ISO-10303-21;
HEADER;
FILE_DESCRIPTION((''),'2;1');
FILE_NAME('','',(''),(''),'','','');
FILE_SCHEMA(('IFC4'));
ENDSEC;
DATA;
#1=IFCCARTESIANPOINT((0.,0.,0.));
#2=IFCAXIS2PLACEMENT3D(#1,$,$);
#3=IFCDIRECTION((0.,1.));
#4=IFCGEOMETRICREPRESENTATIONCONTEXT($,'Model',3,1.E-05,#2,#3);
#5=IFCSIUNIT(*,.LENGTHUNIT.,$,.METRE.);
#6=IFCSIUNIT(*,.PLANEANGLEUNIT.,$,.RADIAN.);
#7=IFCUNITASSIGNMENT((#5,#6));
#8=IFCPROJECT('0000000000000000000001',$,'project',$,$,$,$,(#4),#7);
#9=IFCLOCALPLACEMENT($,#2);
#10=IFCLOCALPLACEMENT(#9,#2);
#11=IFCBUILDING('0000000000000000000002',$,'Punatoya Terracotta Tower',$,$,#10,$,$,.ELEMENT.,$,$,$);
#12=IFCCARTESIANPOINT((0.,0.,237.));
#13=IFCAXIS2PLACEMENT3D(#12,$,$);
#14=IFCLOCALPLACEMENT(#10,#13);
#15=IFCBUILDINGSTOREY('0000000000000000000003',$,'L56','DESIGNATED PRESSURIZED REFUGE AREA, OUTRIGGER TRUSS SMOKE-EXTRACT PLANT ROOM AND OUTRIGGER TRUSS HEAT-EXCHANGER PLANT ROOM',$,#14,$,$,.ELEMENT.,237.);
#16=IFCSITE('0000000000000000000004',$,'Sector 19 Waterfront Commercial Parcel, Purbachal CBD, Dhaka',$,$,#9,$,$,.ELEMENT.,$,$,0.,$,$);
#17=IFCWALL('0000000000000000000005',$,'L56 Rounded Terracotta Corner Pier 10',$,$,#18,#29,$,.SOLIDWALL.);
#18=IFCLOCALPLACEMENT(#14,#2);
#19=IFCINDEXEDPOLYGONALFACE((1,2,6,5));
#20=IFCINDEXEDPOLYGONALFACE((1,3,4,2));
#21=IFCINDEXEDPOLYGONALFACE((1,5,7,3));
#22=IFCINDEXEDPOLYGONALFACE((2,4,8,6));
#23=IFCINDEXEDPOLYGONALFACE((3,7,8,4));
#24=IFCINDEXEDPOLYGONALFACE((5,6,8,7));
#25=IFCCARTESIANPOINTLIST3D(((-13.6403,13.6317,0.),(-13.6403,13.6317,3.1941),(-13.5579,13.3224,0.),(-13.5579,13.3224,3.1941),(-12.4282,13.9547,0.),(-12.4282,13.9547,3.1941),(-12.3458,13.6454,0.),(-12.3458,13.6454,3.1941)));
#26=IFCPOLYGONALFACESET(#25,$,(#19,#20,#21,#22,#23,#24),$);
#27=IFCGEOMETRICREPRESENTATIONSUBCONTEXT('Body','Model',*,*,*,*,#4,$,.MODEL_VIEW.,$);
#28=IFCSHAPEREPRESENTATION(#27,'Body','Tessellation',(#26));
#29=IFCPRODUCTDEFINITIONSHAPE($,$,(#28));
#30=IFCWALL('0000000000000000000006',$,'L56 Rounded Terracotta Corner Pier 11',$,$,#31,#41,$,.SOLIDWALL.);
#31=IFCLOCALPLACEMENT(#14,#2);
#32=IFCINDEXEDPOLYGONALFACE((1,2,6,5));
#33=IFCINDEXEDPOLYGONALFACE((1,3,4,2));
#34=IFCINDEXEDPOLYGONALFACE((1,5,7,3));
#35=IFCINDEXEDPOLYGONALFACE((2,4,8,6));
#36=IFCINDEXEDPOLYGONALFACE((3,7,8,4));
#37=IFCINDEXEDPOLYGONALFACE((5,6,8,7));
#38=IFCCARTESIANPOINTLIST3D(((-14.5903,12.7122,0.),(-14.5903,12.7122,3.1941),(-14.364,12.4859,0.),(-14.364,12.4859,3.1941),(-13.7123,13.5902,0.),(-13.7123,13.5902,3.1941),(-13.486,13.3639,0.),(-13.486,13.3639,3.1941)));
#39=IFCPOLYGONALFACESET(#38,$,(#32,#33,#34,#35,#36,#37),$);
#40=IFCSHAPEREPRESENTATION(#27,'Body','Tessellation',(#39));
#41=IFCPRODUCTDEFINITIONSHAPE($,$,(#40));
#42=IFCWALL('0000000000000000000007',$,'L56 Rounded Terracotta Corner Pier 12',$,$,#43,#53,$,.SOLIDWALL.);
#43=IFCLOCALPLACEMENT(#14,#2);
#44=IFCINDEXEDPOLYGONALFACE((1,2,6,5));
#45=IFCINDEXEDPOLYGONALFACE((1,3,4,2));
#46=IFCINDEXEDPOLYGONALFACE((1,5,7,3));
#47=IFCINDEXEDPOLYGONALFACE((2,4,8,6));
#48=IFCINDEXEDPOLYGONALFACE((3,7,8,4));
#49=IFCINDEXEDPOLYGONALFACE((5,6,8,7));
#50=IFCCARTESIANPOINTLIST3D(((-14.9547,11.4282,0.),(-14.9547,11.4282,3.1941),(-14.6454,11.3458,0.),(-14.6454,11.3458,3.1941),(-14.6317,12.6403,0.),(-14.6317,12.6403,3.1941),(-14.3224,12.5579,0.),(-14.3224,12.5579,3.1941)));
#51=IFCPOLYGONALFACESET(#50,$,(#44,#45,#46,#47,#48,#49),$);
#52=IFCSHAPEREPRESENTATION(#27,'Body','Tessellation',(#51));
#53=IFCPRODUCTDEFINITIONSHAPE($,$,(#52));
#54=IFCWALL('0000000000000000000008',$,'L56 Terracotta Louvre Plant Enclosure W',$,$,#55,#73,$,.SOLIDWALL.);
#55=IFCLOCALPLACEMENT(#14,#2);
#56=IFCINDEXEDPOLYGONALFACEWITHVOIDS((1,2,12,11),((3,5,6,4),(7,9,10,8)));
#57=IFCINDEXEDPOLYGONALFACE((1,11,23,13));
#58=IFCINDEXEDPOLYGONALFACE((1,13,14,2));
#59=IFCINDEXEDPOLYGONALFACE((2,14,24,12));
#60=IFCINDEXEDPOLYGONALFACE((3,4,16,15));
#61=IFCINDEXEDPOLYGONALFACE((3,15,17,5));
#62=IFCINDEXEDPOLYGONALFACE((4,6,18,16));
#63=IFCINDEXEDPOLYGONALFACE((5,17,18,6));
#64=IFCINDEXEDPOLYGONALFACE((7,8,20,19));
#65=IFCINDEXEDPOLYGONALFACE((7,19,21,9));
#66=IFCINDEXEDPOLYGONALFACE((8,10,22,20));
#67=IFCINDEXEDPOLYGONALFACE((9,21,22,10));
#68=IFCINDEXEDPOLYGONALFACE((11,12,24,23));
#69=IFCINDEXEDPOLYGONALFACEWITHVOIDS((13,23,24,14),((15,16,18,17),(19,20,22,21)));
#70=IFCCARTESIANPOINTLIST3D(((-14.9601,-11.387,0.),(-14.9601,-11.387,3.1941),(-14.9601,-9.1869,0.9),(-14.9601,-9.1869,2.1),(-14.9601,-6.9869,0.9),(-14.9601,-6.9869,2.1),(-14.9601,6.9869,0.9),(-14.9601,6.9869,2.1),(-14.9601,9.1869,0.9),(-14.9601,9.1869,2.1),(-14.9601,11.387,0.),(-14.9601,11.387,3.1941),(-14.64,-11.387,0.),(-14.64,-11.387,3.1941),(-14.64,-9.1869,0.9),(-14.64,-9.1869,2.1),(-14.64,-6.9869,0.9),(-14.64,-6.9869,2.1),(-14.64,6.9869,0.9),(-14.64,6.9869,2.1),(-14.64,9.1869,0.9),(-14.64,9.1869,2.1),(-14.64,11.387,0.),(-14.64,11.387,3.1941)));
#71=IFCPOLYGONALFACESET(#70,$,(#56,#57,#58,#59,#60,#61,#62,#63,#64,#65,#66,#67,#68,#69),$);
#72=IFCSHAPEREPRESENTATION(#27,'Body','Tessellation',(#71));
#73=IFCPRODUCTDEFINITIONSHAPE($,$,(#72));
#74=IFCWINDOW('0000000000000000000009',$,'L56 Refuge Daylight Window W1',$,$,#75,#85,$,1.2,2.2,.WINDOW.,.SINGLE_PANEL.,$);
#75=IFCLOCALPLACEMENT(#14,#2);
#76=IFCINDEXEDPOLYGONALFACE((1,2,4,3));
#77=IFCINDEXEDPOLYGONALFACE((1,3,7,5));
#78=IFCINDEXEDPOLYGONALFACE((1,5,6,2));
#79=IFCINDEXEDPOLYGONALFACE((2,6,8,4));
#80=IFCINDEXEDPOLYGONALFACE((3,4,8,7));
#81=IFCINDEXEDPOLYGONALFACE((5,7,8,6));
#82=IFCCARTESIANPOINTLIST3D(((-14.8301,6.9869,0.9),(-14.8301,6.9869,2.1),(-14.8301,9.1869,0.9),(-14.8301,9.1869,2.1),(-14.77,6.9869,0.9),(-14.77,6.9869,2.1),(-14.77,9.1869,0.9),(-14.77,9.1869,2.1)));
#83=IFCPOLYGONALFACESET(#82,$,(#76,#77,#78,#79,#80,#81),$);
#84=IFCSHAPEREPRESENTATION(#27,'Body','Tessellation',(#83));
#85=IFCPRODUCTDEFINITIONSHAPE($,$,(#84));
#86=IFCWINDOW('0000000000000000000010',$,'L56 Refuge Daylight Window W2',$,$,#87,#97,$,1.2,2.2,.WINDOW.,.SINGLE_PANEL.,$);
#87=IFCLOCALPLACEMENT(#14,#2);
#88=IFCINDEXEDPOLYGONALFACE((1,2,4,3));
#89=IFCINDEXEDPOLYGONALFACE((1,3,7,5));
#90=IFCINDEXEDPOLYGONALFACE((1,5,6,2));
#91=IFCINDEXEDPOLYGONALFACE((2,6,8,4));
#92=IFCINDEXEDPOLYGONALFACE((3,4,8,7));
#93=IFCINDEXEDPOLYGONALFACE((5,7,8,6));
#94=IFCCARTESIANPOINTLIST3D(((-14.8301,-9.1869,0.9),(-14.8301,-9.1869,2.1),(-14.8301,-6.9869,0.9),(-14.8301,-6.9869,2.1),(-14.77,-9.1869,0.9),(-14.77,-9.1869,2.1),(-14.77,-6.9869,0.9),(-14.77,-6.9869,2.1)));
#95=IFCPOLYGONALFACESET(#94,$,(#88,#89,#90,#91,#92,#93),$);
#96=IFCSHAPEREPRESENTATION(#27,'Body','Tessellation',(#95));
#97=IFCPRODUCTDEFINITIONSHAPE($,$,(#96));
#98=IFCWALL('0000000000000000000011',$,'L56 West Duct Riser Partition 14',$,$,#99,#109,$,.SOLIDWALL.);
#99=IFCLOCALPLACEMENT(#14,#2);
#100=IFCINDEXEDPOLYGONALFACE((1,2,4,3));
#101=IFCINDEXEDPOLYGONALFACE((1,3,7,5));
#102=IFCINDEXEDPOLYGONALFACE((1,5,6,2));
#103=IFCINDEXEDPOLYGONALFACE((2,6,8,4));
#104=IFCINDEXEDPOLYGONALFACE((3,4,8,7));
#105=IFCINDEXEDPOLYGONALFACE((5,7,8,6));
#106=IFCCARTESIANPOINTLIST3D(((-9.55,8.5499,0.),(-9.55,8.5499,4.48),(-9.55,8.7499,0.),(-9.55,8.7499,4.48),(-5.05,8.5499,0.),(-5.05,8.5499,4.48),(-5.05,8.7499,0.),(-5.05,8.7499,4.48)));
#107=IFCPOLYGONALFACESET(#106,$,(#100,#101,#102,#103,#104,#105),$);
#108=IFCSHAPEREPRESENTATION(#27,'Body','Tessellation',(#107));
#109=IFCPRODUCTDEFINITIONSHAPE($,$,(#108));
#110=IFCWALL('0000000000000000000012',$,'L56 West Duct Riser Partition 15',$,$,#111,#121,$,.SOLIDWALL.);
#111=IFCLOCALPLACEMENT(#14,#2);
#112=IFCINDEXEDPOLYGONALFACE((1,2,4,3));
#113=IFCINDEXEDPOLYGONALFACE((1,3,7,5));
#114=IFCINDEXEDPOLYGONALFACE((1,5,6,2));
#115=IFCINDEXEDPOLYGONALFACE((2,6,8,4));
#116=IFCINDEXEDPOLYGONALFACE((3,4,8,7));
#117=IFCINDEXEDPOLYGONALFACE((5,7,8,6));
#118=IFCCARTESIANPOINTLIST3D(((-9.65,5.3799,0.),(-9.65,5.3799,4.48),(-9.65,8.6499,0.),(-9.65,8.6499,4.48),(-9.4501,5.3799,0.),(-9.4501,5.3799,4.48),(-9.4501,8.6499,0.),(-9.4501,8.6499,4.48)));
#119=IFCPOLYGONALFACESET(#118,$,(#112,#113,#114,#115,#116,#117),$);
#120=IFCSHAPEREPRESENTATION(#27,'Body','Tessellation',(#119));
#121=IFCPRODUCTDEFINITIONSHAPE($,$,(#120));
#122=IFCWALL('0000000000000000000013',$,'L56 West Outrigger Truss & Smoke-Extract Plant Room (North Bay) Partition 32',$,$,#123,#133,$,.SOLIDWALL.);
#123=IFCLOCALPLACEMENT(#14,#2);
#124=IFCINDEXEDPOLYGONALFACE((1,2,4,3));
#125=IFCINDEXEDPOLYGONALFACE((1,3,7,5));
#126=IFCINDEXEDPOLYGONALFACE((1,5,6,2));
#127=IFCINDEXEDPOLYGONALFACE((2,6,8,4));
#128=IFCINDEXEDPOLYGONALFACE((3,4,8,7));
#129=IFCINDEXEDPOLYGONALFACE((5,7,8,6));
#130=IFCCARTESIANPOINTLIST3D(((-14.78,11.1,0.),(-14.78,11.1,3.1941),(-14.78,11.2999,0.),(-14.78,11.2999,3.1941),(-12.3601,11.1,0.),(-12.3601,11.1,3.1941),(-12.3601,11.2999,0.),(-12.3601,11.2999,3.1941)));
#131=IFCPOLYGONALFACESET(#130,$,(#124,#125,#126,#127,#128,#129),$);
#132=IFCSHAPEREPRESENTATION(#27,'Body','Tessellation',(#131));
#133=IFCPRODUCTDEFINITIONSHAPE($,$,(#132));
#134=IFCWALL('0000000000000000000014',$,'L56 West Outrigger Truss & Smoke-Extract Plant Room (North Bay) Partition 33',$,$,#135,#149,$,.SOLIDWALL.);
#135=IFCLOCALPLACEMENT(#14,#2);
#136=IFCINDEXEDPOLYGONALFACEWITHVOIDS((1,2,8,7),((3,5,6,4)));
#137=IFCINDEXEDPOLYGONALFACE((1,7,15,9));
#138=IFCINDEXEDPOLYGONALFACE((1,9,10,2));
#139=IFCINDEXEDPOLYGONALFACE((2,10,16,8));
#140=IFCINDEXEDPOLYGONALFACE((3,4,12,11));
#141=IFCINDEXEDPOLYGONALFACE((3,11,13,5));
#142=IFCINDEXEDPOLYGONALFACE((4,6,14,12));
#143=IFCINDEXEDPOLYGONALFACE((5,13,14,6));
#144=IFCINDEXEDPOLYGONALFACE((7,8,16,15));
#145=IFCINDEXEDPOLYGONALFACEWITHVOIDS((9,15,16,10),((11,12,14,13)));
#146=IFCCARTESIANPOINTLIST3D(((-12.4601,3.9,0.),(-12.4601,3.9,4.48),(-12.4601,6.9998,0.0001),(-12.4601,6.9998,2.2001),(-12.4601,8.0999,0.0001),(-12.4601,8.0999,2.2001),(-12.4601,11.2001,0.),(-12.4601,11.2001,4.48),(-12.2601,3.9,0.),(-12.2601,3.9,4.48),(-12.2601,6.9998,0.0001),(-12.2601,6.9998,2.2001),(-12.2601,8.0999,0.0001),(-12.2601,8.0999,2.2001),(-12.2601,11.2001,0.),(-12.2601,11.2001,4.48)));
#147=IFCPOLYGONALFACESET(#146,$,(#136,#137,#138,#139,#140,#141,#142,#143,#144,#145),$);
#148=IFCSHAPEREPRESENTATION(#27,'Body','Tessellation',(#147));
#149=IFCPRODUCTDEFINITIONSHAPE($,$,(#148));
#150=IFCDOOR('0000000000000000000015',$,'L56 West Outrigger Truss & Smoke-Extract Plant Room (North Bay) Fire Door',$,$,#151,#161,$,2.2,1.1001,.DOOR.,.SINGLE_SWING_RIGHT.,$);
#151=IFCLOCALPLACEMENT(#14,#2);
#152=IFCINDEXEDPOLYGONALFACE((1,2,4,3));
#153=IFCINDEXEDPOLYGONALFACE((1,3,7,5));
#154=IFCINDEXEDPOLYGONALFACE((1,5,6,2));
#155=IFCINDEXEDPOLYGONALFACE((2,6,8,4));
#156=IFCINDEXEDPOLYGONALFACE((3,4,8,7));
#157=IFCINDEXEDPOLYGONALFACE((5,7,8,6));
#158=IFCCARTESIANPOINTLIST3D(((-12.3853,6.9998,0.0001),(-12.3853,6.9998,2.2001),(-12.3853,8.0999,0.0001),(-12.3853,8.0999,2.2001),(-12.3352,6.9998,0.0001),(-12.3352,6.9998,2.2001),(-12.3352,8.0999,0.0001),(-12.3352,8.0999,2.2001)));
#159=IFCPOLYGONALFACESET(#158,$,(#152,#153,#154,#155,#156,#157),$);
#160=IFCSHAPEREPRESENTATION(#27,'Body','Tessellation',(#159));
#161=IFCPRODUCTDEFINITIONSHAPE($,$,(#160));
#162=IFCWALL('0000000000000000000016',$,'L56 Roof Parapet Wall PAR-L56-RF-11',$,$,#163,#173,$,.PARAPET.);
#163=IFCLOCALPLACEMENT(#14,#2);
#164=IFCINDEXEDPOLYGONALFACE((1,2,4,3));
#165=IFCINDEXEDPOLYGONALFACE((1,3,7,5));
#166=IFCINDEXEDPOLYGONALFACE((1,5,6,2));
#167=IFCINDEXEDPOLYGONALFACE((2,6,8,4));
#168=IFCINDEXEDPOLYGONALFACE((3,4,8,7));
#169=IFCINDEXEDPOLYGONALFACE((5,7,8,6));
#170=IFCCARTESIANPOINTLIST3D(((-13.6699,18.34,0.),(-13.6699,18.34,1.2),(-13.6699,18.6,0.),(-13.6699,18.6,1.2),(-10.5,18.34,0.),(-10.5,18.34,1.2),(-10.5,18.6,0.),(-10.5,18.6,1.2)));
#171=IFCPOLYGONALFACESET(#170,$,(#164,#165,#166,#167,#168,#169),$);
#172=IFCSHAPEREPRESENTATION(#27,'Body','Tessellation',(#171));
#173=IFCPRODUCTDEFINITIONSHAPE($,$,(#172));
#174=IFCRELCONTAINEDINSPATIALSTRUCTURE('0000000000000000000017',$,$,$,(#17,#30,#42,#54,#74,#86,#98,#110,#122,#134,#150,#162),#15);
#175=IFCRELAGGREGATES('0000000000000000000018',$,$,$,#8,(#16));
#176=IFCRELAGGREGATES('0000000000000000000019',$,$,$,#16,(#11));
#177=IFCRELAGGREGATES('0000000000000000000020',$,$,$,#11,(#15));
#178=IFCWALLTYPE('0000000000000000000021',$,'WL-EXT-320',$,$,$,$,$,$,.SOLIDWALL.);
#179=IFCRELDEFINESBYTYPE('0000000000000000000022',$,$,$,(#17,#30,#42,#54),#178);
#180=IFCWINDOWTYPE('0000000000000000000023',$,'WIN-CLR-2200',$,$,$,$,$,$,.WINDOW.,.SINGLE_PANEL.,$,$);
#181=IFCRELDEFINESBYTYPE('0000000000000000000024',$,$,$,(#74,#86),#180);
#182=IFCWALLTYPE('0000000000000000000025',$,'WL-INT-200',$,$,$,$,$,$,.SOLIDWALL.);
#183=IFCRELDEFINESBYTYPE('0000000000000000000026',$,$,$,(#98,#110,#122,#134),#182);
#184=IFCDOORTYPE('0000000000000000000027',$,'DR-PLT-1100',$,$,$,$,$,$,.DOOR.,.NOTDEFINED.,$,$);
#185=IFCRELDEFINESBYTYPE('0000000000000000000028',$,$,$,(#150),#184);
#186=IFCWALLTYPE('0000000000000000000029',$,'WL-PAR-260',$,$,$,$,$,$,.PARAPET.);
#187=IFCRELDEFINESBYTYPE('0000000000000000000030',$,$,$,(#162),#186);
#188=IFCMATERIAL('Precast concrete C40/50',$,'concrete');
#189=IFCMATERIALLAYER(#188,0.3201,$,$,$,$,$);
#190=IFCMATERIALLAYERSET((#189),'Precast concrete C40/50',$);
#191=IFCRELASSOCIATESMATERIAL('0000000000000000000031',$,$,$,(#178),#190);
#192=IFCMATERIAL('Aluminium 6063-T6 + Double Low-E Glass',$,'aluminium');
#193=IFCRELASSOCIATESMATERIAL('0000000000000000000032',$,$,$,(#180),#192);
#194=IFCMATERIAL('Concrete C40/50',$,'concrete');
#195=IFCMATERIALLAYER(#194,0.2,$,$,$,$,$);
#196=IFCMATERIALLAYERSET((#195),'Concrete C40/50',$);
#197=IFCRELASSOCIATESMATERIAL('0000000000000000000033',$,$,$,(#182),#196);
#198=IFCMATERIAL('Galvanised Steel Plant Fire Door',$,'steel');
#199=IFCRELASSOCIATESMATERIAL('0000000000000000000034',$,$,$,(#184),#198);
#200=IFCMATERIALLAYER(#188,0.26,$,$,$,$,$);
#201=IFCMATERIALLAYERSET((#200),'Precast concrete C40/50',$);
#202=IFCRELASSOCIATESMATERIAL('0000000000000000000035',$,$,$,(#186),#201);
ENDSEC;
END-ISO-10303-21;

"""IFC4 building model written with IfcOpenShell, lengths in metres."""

from ifc_helpers import new_model, si_unit, direction, frame, frame_2d, origin, place, context, subcontext, project, spatial, rectangle, extrude, material, layer, layer_set, type_object, element, fill, save


model = new_model("IFC4")

# Units and contexts
model_context = context("Model", 3, precision=1e-05, world=origin(), true_north=direction((0.0, 1.0)))
body_context = subcontext(model_context, "Body", "Model", "MODEL_VIEW")
ifc_project = project(units=[si_unit("LENGTHUNIT", "METRE"), si_unit("PLANEANGLEUNIT", "RADIAN")], contexts=[model_context])

# Site, building, storey
site_placement = place(None, origin())
site = spatial("IfcSite", under=ifc_project, at=site_placement, Name="Sector 19 Waterfront Commercial Parcel, Purbachal CBD, Dhaka", CompositionType="ELEMENT", RefElevation=0.0)
building_placement = place(site_placement, origin())
building = spatial("IfcBuilding", under=site, at=building_placement, Name="Punatoya Terracotta Tower", CompositionType="ELEMENT")
storey_placement = place(building_placement, frame((0.0, 0.0, 237.0)))
storey = spatial("IfcBuildingStorey", under=building, at=storey_placement, Name="L56", Description="DESIGNATED PRESSURIZED REFUGE AREA, OUTRIGGER TRUSS SMOKE-EXTRACT PLANT ROOM AND OUTRIGGER TRUSS HEAT-EXCHANGER PLANT ROOM", CompositionType="ELEMENT", Elevation=237.0)

# Walls
ifc_material_1 = material(Name="Precast concrete C40/50", Category="concrete")
ifc_layer_1 = layer(ifc_material_1, 0.3201)
ifc_layer_set_1 = layer_set([ifc_layer_1], Name="Precast concrete C40/50")
wall_type_1 = type_object("IfcWallType", Name="WL-EXT-320", PredefinedType="SOLIDWALL", material=ifc_layer_set_1)
wall_1_placement = place(storey_placement, frame((-12.387, 13.8, 0.0), z_axis=(0.0, 0.0, 1.0), x_axis=(-0.966283, -0.257481, 0.0)))
element("IfcWall", 1, at=wall_1_placement, inside=storey, type_object=wall_type_1, Name="L56 Rounded Terracotta Corner Pier 10", PredefinedType="SOLIDWALL", context=body_context, shape_type="SweptSolid", body=[
    extrude(rectangle(XDim=1.2544, YDim=0.3201, at=frame_2d((0.6272, 0.0))), origin(), (0.0, 0.0, 1.0), 3.1941),
])
wall_2_placement = place(storey_placement, frame((-13.5991, 13.4771, 0.0), z_axis=(0.0, 0.0, 1.0), x_axis=(-0.707107, -0.707107, 0.0)))
element("IfcWall", 2, at=wall_2_placement, inside=storey, type_object=wall_type_1, Name="L56 Rounded Terracotta Corner Pier 11", PredefinedType="SOLIDWALL", context=body_context, shape_type="SweptSolid", body=[
    extrude(rectangle(XDim=1.2417, YDim=0.3201, at=frame_2d((0.6208, 0.0))), origin(), (0.0, 0.0, 1.0), 3.1941),
])
wall_3_placement = place(storey_placement, frame((-14.4771, 12.5991, 0.0), z_axis=(0.0, 0.0, 1.0), x_axis=(-0.257481, -0.966283, 0.0)))
element("IfcWall", 3, at=wall_3_placement, inside=storey, type_object=wall_type_1, Name="L56 Rounded Terracotta Corner Pier 12", PredefinedType="SOLIDWALL", context=body_context, shape_type="SweptSolid", body=[
    extrude(rectangle(XDim=1.2544, YDim=0.3201, at=frame_2d((0.6272, 0.0))), origin(), (0.0, 0.0, 1.0), 3.1941),
])

# Wall, openings, windows
wall_4_placement = place(storey_placement, frame((-14.8, 11.387, 0.0), z_axis=(0.0, 0.0, 1.0), x_axis=(0.0, -1.0, 0.0)))
wall_4 = element("IfcWall", 4, at=wall_4_placement, inside=storey, type_object=wall_type_1, Name="L56 Terracotta Louvre Plant Enclosure W", PredefinedType="SOLIDWALL", context=body_context, shape_type="SweptSolid", body=[
    extrude(rectangle(XDim=22.7739, YDim=0.3201, at=frame_2d((11.387, 0.0))), origin(), (0.0, 0.0, 1.0), 3.1941),
])
opening_1_placement = place(wall_4_placement, frame((2.2, 0.0, 0.8999)))
opening_1 = element("IfcOpeningElement", 5, at=opening_1_placement, cuts=wall_4, PredefinedType="OPENING", context=body_context, shape_type="SweptSolid", body=[
    extrude(rectangle(XDim=2.2, YDim=1.2, at=frame_2d((1.1001, 0.6001))), frame((0.0, 0.1699, 0.0), z_axis=(0.0, -1.0, 0.0), x_axis=(1.0, 0.0, 0.0)), (0.0, 0.0, 1.0), 0.3401),
])
opening_2_placement = place(wall_4_placement, frame((18.3738, 0.0, 0.8999)))
opening_2 = element("IfcOpeningElement", 6, at=opening_2_placement, cuts=wall_4, PredefinedType="OPENING", context=body_context, shape_type="SweptSolid", body=[
    extrude(rectangle(XDim=2.2, YDim=1.2, at=frame_2d((1.1001, 0.6001))), frame((0.0, 0.1699, 0.0), z_axis=(0.0, -1.0, 0.0), x_axis=(1.0, 0.0, 0.0)), (0.0, 0.0, 1.0), 0.3401),
])
ifc_material_2 = material(Name="Aluminium 6063-T6 + Double Low-E Glass", Category="aluminium")
window_type = type_object("IfcWindowType", Name="WIN-CLR-2200", PartitioningType="SINGLE_PANEL", PredefinedType="WINDOW", material=ifc_material_2)
window_1_placement = place(opening_1_placement, origin())
window_1 = element("IfcWindow", 7, at=window_1_placement, inside=storey, type_object=window_type, Name="L56 Refuge Daylight Window W1", OverallHeight=1.2, OverallWidth=2.2, PartitioningType="SINGLE_PANEL", PredefinedType="WINDOW", context=body_context, shape_type="SweptSolid", body=[
    extrude(rectangle(XDim=2.2, YDim=1.2, at=frame_2d((1.1001, 0.6001))), frame((0.0, 0.03, 0.0), z_axis=(0.0, -1.0, 0.0), x_axis=(1.0, 0.0, 0.0)), (0.0, 0.0, 1.0), 0.0601),
])
fill(opening_1, window_1)
window_2_placement = place(opening_2_placement, origin())
window_2 = element("IfcWindow", 8, at=window_2_placement, inside=storey, type_object=window_type, Name="L56 Refuge Daylight Window W2", OverallHeight=1.2, OverallWidth=2.2, PartitioningType="SINGLE_PANEL", PredefinedType="WINDOW", context=body_context, shape_type="SweptSolid", body=[
    extrude(rectangle(XDim=2.2, YDim=1.2, at=frame_2d((1.1001, 0.6001))), frame((0.0, 0.03, 0.0), z_axis=(0.0, -1.0, 0.0), x_axis=(1.0, 0.0, 0.0)), (0.0, 0.0, 1.0), 0.0601),
])
fill(opening_2, window_2)

# Walls
ifc_material_3 = material(Name="Concrete C40/50", Category="concrete")
ifc_layer_2 = layer(ifc_material_3, 0.2)
ifc_layer_set_2 = layer_set([ifc_layer_2], Name="Concrete C40/50")
wall_type_2 = type_object("IfcWallType", Name="WL-INT-200", PredefinedType="SOLIDWALL", material=ifc_layer_set_2)
wall_5_placement = place(storey_placement, frame((-5.05, 8.6499, 0.0), z_axis=(0.0, 0.0, 1.0), x_axis=(-1.0, 0.0, 0.0)))
element("IfcWall", 9, at=wall_5_placement, inside=storey, type_object=wall_type_2, Name="L56 West Duct Riser Partition 14", PredefinedType="SOLIDWALL", context=body_context, shape_type="SweptSolid", body=[
    extrude(rectangle(XDim=4.5, YDim=0.2, at=frame_2d((2.25, 0.0))), origin(), (0.0, 0.0, 1.0), 4.48),
])
wall_6_placement = place(storey_placement, frame((-9.55, 8.6499, 0.0), z_axis=(0.0, 0.0, 1.0), x_axis=(0.0, -1.0, 0.0)))
element("IfcWall", 10, at=wall_6_placement, inside=storey, type_object=wall_type_2, Name="L56 West Duct Riser Partition 15", PredefinedType="SOLIDWALL", context=body_context, shape_type="SweptSolid", body=[
    extrude(rectangle(XDim=3.27, YDim=0.2, at=frame_2d((1.635, 0.0))), origin(), (0.0, 0.0, 1.0), 4.48),
])
wall_7_placement = place(storey_placement, frame((-14.78, 11.2, 0.0), z_axis=(0.0, 0.0, 1.0), x_axis=(1.0, 0.0, 0.0)))
element("IfcWall", 11, at=wall_7_placement, inside=storey, type_object=wall_type_2, Name="L56 West Outrigger Truss & Smoke-Extract Plant Room (North Bay) Partition 32", PredefinedType="SOLIDWALL", context=body_context, shape_type="SweptSolid", body=[
    extrude(rectangle(XDim=2.4199, YDim=0.2, at=frame_2d((1.21, 0.0))), origin(), (0.0, 0.0, 1.0), 3.1941),
])

# Wall, opening, door
wall_8_placement = place(storey_placement, frame((-12.3601, 11.2, 0.0), z_axis=(0.0, 0.0, 1.0), x_axis=(0.0, -1.0, 0.0)))
wall_8 = element("IfcWall", 12, at=wall_8_placement, inside=storey, type_object=wall_type_2, Name="L56 West Outrigger Truss & Smoke-Extract Plant Room (North Bay) Partition 33", PredefinedType="SOLIDWALL", context=body_context, shape_type="SweptSolid", body=[
    extrude(rectangle(XDim=7.3, YDim=0.2, at=frame_2d((3.6499, 0.0))), origin(), (0.0, 0.0, 1.0), 4.48),
])
opening_3_placement = place(wall_8_placement, frame((3.1001, 0.0, 0.0)))
opening_3 = element("IfcOpeningElement", 13, at=opening_3_placement, cuts=wall_8, PredefinedType="OPENING", context=body_context, shape_type="SweptSolid", body=[
    extrude(rectangle(XDim=1.1001, YDim=2.2, at=frame_2d((0.55, 1.1001))), frame((0.0, 0.1099, 0.0), z_axis=(0.0, -1.0, 0.0), x_axis=(1.0, 0.0, 0.0)), (0.0, 0.0, 1.0), 0.22),
])
ifc_material_4 = material(Name="Galvanised Steel Plant Fire Door", Category="steel")
door_type = type_object("IfcDoorType", Name="DR-PLT-1100", OperationType="NOTDEFINED", PredefinedType="DOOR", material=ifc_material_4)
door_placement = place(opening_3_placement, origin())
door = element("IfcDoor", 14, at=door_placement, inside=storey, type_object=door_type, Name="L56 West Outrigger Truss & Smoke-Extract Plant Room (North Bay) Fire Door", OperationType="SINGLE_SWING_RIGHT", OverallHeight=2.2, OverallWidth=1.1001, PredefinedType="DOOR", context=body_context, shape_type="SweptSolid", body=[
    extrude(rectangle(XDim=1.1001, YDim=2.2, at=frame_2d((0.55, 1.1001))), frame((0.0, 0.0249, 0.0), z_axis=(0.0, -1.0, 0.0), x_axis=(1.0, 0.0, 0.0)), (0.0, 0.0, 1.0), 0.05),
])
fill(opening_3, door)

# Wall
ifc_layer_3 = layer(ifc_material_1, 0.26)
ifc_layer_set_3 = layer_set([ifc_layer_3], Name="Precast concrete C40/50")
wall_type_3 = type_object("IfcWallType", Name="WL-PAR-260", PredefinedType="PARAPET", material=ifc_layer_set_3)
wall_9_placement = place(storey_placement, frame((-10.5, 18.47, 0.0), z_axis=(0.0, 0.0, 1.0), x_axis=(-1.0, 0.0, 0.0)))
element("IfcWall", 15, at=wall_9_placement, inside=storey, type_object=wall_type_3, Name="L56 Roof Parapet Wall PAR-L56-RF-11", PredefinedType="PARAPET", context=body_context, shape_type="SweptSolid", body=[
    extrude(rectangle(XDim=3.1699, YDim=0.26, at=frame_2d((1.585, 0.0))), origin(), (0.0, 0.0, 1.0), 1.2),
])

save(model, "model.ifc")
